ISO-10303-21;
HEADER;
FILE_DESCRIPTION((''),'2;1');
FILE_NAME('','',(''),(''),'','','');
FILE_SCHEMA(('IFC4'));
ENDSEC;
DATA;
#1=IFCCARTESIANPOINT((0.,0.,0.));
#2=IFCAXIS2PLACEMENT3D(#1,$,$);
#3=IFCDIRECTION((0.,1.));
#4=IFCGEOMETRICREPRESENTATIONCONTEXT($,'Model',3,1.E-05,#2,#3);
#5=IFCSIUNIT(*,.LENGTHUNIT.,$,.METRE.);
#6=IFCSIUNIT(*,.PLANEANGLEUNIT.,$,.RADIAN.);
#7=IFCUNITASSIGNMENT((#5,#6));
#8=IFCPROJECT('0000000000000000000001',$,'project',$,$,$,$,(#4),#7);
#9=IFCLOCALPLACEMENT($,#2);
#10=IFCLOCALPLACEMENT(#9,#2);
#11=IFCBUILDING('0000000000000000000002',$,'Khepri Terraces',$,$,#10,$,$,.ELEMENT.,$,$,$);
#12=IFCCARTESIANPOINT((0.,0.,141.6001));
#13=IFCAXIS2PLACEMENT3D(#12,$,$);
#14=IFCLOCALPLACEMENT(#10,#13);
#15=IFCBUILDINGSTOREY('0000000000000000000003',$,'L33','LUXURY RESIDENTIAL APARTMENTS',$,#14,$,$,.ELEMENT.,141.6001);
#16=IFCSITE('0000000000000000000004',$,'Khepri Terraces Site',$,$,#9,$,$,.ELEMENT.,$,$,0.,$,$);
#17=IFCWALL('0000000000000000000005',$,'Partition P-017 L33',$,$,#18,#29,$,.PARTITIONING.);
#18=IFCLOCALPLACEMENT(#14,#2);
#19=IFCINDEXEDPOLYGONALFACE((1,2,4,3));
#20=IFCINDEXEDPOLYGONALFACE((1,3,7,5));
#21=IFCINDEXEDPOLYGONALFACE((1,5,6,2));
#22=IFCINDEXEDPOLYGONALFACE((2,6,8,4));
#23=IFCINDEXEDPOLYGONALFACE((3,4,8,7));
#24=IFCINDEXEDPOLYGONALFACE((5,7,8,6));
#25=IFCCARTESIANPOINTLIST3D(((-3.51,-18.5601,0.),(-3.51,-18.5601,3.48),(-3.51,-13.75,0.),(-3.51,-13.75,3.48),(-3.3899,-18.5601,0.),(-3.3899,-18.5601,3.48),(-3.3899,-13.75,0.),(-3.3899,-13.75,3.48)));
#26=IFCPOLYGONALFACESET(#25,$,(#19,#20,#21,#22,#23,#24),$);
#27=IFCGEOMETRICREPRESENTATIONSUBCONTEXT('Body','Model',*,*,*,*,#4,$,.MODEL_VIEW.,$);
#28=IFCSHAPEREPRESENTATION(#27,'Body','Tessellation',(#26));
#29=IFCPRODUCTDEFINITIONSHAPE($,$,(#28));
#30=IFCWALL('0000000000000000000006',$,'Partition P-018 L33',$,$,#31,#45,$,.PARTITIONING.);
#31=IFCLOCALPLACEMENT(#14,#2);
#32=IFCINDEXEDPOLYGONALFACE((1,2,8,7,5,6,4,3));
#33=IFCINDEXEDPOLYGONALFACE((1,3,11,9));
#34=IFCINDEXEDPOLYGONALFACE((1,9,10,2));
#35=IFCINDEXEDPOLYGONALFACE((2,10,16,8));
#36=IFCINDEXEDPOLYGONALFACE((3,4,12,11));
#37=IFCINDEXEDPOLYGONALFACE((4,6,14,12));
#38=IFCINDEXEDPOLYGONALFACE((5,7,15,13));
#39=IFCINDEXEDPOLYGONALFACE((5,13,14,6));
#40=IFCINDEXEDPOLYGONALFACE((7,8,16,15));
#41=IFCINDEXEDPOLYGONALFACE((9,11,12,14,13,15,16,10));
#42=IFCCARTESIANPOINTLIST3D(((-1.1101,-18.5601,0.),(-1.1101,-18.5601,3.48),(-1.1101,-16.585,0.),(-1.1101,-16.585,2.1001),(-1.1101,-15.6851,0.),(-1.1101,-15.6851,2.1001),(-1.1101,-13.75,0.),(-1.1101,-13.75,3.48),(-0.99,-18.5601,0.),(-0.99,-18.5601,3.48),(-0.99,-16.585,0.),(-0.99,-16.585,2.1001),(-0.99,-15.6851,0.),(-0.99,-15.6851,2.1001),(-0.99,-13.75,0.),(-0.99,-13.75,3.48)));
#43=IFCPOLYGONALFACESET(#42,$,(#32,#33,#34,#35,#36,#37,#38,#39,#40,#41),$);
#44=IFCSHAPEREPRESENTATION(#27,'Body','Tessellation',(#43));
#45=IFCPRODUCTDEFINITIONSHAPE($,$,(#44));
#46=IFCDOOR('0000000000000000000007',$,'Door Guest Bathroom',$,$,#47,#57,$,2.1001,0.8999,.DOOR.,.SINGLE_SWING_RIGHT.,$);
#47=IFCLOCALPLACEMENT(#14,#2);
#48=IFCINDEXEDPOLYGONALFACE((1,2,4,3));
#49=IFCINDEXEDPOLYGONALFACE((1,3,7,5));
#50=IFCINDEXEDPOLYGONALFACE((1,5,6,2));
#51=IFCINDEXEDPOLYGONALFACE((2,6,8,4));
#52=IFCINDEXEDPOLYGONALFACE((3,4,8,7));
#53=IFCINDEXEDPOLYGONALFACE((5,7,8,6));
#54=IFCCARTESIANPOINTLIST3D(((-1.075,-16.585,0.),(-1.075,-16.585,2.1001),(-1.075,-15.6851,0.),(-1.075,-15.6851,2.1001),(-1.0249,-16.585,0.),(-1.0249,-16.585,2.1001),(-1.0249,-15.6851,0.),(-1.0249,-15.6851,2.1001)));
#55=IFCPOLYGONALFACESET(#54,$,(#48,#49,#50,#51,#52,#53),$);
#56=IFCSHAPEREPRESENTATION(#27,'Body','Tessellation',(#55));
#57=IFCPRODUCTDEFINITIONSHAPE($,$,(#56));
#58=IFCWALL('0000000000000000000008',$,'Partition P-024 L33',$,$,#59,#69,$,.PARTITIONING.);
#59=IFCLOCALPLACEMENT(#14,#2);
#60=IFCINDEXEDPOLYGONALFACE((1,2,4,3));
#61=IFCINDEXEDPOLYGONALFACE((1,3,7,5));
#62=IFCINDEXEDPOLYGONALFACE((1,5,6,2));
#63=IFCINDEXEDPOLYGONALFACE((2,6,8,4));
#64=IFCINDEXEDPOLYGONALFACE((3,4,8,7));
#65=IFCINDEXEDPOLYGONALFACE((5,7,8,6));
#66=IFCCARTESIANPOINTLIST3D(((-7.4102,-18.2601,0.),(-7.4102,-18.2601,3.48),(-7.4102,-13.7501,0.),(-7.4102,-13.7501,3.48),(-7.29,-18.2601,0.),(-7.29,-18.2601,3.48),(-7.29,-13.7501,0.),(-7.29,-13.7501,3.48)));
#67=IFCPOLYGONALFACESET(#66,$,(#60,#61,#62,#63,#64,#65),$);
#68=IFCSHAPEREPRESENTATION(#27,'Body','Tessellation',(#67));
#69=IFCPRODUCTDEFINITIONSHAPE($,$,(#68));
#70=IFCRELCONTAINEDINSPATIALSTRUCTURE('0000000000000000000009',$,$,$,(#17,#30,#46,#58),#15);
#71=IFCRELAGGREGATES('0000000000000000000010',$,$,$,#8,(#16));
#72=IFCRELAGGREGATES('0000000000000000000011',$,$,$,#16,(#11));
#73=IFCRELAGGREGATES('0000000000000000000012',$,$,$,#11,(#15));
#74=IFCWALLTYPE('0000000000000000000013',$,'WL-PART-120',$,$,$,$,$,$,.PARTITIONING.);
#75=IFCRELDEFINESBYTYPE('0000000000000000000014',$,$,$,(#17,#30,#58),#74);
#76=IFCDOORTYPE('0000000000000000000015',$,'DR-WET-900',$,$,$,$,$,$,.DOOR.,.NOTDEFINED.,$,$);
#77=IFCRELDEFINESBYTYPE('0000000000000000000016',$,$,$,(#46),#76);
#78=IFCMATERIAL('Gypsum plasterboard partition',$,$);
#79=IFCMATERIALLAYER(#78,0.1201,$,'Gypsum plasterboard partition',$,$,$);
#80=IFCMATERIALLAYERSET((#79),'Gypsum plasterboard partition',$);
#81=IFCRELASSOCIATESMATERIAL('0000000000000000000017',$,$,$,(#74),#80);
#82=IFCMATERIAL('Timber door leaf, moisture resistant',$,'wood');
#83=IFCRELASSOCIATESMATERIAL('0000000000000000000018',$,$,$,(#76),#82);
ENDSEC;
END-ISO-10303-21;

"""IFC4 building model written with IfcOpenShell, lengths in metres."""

from ifc_helpers import new_model, si_unit, direction, frame, frame_2d, origin, place, context, subcontext, project, spatial, rectangle, extrude, material, layer, layer_set, type_object, element, fill, save


model = new_model("IFC4")

# Units and contexts
model_context = context("Model", 3, precision=1e-05, world=origin(), true_north=direction((0.0, 1.0)))
body_context = subcontext(model_context, "Body", "Model", "MODEL_VIEW")
ifc_project = project(units=[si_unit("LENGTHUNIT", "METRE"), si_unit("PLANEANGLEUNIT", "RADIAN")], contexts=[model_context])

# Site, building, storey
site_placement = place(None, origin())
site = spatial("IfcSite", under=ifc_project, at=site_placement, Name="Khepri Terraces Site", CompositionType="ELEMENT", RefElevation=0.0)
building_placement = place(site_placement, origin())
building = spatial("IfcBuilding", under=site, at=building_placement, Name="Khepri Terraces", CompositionType="ELEMENT")
storey_placement = place(building_placement, frame((0.0, 0.0, 141.6001)))
storey = spatial("IfcBuildingStorey", under=building, at=storey_placement, Name="L33", Description="LUXURY RESIDENTIAL APARTMENTS", CompositionType="ELEMENT", Elevation=141.6001)

# Shared definitions
ifc_material_1 = material(Name="Gypsum plasterboard partition")
ifc_layer_1 = layer(ifc_material_1, 0.1201, Name="Gypsum plasterboard partition")
ifc_layer_set_1 = layer_set([ifc_layer_1], Name="Gypsum plasterboard partition")
wall_type_1 = type_object("IfcWallType", Name="WL-PART-120", PredefinedType="PARTITIONING", material=ifc_layer_set_1)
ifc_material_2 = material(Name="Timber door leaf, moisture resistant", Category="wood")
door_type_1 = type_object("IfcDoorType", Name="DR-WET-900", OperationType="NOTDEFINED", PredefinedType="DOOR", material=ifc_material_2)

# Wall
wall_1_placement = place(storey_placement, frame((-3.45, -18.5601, 0.0), z_axis=(0.0, 0.0, 1.0), x_axis=(0.0, 1.0, 0.0)))
element("IfcWall", 1, at=wall_1_placement, inside=storey, type_object=wall_type_1, Name="Partition P-017 L33", PredefinedType="PARTITIONING", context=body_context, shape_type="SweptSolid", body=[
    extrude(rectangle(XDim=4.8101, YDim=0.1201, at=frame_2d((2.405, 0.0))), origin(), (0.0, 0.0, 1.0), 3.48),
])

# Wall, opening, door
wall_2_placement = place(storey_placement, frame((-1.05, -18.5601, 0.0), z_axis=(0.0, 0.0, 1.0), x_axis=(0.0, 1.0, 0.0)))
wall_2 = element("IfcWall", 2, at=wall_2_placement, inside=storey, type_object=wall_type_1, Name="Partition P-018 L33", PredefinedType="PARTITIONING", context=body_context, shape_type="SweptSolid", body=[
    extrude(rectangle(XDim=4.8101, YDim=0.1201, at=frame_2d((2.405, 0.0))), origin(), (0.0, 0.0, 1.0), 3.48),
])
opening_1_placement = place(wall_2_placement, frame((1.9751, 0.0, 0.0)))
opening_1 = element("IfcOpeningElement", 3, at=opening_1_placement, cuts=wall_2, PredefinedType="OPENING", context=body_context, shape_type="SweptSolid", body=[
    extrude(rectangle(XDim=0.8999, YDim=2.1001, at=frame_2d((0.45, 1.05))), frame((0.0, 0.0701, 0.0), z_axis=(0.0, -1.0, 0.0), x_axis=(1.0, 0.0, 0.0)), (0.0, 0.0, 1.0), 0.1401),
])
door_1_placement = place(opening_1_placement, origin())
door_1 = element("IfcDoor", 4, at=door_1_placement, inside=storey, type_object=door_type_1, Name="Door Guest Bathroom", OperationType="SINGLE_SWING_RIGHT", OverallHeight=2.1001, OverallWidth=0.8999, PredefinedType="DOOR", context=body_context, shape_type="SweptSolid", body=[
    extrude(rectangle(XDim=0.8999, YDim=2.1001, at=frame_2d((0.45, 1.05))), frame((0.0, 0.0249, 0.0), z_axis=(0.0, -1.0, 0.0), x_axis=(1.0, 0.0, 0.0)), (0.0, 0.0, 1.0), 0.05),
])
fill(opening_1, door_1)

# Wall
wall_3_placement = place(storey_placement, frame((-7.3501, -18.26, 0.0), z_axis=(0.0, 0.0, 1.0), x_axis=(0.0, 1.0, 0.0)))
element("IfcWall", 5, at=wall_3_placement, inside=storey, type_object=wall_type_1, Name="Partition P-024 L33", PredefinedType="PARTITIONING", context=body_context, shape_type="SweptSolid", body=[
    extrude(rectangle(XDim=4.51, YDim=0.1201, at=frame_2d((2.2549, 0.0))), origin(), (0.0, 0.0, 1.0), 3.48),
])

save(model, "model.ifc")
